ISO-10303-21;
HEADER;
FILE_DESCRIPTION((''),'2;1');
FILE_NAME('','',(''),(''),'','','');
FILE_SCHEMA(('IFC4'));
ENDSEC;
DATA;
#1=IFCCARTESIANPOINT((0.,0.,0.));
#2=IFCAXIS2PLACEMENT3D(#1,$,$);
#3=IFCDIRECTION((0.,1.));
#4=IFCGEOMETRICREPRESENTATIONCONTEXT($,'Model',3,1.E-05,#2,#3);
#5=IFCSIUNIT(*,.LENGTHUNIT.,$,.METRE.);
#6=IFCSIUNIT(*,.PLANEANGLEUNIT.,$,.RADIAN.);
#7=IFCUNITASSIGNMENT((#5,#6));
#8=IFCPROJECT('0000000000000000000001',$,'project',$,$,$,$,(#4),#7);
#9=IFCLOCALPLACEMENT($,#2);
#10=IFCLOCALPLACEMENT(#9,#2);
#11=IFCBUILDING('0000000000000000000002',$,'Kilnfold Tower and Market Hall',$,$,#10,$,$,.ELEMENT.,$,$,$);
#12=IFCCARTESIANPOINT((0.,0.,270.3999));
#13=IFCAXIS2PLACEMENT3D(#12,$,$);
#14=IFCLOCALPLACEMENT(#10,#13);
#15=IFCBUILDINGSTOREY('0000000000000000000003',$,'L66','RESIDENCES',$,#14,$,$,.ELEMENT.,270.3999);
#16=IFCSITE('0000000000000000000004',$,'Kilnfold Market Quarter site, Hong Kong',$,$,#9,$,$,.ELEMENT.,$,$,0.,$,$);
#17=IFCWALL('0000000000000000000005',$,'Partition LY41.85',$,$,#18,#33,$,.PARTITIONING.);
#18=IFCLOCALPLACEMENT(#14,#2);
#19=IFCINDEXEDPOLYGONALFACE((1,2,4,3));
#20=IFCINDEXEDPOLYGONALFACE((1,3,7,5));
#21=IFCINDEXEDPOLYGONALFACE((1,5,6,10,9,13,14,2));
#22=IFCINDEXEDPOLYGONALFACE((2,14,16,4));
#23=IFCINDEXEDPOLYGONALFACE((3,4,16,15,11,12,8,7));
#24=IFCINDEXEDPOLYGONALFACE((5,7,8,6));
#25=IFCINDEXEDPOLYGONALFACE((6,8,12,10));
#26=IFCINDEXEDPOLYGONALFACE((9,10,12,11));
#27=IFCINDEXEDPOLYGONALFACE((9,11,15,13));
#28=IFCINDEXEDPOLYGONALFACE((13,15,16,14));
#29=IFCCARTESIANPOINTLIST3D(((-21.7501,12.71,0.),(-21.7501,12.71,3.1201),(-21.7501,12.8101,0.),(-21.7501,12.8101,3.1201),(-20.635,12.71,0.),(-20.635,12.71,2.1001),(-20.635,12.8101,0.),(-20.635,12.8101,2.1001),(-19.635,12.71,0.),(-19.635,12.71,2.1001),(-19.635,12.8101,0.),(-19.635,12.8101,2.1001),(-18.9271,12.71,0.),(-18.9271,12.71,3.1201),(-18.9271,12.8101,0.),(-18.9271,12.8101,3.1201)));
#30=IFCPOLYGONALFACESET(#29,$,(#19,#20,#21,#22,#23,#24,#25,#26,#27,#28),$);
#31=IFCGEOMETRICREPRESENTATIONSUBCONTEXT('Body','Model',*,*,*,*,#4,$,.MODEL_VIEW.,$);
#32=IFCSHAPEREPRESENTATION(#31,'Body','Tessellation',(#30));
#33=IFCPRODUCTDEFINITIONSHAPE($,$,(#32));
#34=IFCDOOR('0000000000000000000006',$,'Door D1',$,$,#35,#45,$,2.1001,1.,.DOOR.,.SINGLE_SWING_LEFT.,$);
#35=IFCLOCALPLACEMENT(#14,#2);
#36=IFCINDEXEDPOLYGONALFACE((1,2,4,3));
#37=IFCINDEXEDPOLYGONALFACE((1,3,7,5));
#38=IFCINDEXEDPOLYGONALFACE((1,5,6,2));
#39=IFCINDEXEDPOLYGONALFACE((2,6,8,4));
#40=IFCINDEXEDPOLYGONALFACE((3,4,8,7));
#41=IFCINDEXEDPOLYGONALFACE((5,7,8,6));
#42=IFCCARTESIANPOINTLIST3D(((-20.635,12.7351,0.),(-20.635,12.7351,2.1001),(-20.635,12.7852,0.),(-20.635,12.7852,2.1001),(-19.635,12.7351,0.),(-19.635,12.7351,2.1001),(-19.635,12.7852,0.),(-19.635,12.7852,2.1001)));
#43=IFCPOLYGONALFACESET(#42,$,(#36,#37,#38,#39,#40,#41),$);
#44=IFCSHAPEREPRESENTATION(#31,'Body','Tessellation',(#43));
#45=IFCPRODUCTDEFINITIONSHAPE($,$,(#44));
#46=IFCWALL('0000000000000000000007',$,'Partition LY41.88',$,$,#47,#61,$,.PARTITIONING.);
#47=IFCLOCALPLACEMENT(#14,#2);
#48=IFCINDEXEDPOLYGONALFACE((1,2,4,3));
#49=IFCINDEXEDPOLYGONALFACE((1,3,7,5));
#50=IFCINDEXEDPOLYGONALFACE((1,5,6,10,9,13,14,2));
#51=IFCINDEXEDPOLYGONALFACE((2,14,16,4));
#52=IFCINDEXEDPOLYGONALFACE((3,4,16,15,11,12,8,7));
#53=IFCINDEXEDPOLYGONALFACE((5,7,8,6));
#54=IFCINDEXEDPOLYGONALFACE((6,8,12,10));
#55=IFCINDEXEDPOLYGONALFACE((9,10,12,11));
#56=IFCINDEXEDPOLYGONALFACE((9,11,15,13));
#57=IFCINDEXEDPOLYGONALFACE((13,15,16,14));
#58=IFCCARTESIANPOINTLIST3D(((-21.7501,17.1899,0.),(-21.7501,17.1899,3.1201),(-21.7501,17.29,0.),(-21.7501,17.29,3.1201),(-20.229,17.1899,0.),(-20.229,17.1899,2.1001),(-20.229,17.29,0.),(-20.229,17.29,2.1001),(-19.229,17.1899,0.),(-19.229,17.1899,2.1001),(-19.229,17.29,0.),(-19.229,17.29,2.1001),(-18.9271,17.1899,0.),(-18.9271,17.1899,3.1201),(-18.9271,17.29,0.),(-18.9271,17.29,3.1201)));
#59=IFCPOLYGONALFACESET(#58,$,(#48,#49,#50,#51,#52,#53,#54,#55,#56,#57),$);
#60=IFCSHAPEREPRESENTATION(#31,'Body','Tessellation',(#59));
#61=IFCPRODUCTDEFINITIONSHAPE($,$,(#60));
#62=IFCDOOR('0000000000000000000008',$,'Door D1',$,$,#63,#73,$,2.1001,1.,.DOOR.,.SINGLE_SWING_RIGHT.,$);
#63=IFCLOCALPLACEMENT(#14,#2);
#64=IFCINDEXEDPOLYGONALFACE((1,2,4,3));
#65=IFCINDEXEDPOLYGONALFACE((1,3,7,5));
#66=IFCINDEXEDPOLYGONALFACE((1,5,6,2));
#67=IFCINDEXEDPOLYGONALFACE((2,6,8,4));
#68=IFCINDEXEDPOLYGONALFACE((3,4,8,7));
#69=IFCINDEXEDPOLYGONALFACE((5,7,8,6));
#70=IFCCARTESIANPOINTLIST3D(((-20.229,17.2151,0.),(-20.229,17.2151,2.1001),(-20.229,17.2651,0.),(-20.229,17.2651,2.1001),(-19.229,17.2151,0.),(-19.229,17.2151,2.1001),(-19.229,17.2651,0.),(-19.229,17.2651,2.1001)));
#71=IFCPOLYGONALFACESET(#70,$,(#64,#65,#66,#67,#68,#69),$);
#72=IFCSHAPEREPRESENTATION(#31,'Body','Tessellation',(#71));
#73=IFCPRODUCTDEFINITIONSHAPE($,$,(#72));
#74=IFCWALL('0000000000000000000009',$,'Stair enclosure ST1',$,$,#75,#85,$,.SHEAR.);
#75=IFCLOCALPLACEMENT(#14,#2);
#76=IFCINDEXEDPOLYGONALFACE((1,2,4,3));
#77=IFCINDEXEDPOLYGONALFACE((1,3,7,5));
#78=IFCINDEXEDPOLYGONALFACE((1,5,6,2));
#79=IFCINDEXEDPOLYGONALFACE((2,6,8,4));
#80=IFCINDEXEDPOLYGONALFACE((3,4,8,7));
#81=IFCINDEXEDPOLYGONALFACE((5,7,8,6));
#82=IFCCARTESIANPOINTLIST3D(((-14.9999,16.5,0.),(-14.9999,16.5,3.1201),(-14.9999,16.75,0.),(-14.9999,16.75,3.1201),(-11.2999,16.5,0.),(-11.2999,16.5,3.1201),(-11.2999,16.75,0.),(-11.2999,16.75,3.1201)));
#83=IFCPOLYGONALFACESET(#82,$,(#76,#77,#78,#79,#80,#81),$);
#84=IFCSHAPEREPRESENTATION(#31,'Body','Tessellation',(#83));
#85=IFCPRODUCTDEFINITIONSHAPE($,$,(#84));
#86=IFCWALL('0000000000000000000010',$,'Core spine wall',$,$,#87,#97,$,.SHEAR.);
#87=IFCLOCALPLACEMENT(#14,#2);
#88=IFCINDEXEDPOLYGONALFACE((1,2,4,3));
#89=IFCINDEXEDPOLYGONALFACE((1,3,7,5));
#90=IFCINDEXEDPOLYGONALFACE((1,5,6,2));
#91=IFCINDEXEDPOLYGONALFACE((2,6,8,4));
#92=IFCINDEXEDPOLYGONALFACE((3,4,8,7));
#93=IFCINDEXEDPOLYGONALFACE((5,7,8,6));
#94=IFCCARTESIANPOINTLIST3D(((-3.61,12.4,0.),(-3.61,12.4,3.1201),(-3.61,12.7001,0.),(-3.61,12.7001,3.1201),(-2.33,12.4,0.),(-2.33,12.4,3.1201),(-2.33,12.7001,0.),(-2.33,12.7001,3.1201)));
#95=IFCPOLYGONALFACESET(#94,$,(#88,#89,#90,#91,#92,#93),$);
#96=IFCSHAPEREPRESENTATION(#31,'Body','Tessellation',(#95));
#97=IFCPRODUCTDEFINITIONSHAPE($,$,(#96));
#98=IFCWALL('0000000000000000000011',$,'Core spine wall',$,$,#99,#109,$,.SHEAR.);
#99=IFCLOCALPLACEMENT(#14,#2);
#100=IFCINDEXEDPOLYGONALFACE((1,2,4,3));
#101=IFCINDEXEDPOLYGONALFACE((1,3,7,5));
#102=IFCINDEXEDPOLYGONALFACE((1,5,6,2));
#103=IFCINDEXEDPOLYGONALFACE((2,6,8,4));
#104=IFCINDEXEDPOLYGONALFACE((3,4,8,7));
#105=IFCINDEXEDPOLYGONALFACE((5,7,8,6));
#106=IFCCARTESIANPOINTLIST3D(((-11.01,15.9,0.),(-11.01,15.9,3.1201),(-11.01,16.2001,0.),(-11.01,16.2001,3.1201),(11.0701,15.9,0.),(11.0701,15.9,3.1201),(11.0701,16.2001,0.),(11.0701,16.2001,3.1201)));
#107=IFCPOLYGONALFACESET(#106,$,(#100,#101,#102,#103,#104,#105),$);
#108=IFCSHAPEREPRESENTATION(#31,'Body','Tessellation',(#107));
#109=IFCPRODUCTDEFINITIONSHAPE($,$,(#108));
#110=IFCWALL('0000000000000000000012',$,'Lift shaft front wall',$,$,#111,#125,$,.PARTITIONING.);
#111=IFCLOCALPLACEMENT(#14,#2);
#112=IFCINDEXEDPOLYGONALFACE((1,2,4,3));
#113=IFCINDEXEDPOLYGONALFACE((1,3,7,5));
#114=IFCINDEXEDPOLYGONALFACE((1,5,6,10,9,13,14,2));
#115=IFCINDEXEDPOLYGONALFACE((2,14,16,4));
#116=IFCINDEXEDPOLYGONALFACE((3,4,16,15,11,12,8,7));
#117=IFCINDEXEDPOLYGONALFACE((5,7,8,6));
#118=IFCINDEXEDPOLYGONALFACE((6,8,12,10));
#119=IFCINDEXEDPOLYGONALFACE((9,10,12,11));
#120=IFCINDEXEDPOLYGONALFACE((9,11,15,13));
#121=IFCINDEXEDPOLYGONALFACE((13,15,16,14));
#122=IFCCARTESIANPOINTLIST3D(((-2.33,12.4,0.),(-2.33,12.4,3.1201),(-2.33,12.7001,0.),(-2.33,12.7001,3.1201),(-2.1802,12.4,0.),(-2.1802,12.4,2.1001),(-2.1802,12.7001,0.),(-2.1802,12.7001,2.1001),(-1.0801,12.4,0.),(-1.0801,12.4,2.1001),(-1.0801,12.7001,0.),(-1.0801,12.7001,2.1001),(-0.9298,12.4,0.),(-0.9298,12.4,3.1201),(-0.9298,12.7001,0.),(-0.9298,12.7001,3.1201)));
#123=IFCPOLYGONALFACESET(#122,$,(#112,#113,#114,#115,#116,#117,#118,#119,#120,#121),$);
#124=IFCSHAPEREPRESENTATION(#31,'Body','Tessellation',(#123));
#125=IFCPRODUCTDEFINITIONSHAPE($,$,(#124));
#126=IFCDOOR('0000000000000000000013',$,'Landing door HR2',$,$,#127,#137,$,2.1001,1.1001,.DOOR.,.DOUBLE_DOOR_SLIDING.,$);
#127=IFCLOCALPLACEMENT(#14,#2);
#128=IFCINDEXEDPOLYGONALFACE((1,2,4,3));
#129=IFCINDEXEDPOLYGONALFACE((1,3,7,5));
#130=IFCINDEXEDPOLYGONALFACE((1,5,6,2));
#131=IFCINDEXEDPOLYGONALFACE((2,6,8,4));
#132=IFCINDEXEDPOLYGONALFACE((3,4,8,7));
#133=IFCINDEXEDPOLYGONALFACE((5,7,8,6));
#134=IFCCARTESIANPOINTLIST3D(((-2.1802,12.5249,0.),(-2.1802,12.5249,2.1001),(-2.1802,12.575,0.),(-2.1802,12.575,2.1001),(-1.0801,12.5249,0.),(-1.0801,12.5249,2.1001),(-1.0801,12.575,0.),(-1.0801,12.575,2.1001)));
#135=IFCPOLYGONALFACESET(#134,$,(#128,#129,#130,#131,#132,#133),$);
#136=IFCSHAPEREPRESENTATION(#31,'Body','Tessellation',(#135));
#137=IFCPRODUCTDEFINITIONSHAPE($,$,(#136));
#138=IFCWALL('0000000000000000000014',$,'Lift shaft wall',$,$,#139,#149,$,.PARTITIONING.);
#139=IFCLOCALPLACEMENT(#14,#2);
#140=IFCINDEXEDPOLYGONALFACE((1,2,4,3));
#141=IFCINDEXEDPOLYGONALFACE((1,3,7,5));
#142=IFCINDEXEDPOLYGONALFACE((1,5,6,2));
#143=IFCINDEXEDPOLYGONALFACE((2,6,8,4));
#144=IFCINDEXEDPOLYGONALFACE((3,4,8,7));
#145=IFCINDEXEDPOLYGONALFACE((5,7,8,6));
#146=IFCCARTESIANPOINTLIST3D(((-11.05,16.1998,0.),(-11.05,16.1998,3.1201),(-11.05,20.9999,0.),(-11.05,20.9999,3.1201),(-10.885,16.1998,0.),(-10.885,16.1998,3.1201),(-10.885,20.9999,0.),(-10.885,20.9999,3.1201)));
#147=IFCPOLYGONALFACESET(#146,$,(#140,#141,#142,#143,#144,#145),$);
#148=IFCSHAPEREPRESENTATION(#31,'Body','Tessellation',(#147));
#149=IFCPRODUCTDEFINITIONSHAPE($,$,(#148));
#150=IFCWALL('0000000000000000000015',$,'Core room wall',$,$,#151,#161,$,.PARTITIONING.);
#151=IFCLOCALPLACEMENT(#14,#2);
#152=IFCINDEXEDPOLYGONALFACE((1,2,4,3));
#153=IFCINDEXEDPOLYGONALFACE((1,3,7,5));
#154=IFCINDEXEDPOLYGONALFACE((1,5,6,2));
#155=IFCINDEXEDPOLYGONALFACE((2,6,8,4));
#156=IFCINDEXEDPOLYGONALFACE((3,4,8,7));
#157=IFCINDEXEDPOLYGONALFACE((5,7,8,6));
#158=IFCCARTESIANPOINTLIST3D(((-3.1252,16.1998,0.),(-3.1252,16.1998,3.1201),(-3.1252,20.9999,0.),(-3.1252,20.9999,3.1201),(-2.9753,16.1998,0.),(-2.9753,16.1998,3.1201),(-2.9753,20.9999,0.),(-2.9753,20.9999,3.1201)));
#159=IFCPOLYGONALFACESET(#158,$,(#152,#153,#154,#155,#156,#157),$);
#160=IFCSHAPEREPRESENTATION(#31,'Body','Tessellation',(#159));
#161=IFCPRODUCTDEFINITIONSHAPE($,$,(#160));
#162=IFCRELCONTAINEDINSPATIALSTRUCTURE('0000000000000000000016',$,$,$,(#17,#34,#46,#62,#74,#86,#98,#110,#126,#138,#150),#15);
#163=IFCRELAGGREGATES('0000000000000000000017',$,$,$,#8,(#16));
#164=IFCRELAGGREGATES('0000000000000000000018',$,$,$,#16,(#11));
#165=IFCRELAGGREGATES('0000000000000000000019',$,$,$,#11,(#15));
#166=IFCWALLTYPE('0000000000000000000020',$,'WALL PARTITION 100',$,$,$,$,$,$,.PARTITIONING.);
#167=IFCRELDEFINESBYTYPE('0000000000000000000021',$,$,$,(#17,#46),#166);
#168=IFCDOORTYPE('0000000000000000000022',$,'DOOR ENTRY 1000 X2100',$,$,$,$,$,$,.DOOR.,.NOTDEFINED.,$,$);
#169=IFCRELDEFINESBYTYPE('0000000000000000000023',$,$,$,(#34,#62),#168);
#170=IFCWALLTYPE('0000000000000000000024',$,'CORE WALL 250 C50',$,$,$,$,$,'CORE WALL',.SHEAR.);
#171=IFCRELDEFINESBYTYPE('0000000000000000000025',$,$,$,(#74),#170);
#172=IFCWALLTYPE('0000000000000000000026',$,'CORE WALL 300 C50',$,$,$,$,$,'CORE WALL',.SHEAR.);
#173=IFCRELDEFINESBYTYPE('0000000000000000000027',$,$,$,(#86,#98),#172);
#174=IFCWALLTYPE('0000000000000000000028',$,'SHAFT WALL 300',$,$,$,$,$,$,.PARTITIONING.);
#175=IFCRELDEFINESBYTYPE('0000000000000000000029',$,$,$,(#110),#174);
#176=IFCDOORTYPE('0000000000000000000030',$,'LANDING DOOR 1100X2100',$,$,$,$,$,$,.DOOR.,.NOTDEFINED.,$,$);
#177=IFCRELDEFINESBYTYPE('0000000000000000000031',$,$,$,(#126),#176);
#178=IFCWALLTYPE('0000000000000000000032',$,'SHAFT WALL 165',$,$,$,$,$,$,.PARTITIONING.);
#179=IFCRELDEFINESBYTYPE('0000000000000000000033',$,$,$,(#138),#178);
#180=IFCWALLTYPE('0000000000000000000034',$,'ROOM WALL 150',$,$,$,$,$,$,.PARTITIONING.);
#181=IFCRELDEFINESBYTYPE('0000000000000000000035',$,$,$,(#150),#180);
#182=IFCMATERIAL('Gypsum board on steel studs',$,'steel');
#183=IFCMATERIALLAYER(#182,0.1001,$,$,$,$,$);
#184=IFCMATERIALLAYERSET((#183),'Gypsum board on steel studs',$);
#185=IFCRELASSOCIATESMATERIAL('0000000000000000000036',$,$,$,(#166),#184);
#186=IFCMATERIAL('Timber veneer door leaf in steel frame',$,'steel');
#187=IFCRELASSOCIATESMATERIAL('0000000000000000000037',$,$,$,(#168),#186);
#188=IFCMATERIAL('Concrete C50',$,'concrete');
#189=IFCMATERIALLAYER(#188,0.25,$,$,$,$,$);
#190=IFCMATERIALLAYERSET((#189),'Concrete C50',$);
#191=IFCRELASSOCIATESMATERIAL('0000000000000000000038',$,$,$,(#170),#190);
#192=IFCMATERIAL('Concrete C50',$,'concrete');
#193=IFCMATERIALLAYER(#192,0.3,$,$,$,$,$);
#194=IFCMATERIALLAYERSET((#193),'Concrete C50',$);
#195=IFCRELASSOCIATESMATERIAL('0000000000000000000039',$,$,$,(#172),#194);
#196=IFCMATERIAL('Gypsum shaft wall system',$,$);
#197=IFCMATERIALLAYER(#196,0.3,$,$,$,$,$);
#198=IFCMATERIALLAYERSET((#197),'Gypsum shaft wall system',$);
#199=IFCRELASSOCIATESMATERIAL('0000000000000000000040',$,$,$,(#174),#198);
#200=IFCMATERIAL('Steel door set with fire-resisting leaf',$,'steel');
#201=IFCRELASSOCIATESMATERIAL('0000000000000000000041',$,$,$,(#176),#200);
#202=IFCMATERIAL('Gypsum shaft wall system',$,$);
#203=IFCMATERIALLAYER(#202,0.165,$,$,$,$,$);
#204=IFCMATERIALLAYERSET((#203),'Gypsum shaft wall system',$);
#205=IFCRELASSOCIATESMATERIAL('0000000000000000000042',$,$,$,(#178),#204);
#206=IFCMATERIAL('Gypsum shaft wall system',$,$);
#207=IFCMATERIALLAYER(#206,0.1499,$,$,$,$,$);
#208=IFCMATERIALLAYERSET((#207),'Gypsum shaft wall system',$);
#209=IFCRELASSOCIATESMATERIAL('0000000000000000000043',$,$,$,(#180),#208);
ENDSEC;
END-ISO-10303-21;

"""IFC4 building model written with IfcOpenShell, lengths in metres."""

from ifc_helpers import new_model, si_unit, direction, frame, frame_2d, origin, place, context, subcontext, project, spatial, rectangle, extrude, source, transform, mapped, material, layer, layer_set, type_object, element, fill, save


model = new_model("IFC4")

# Units and contexts
model_context = context("Model", 3, precision=1e-05, world=origin(), true_north=direction((0.0, 1.0)))
body_context = subcontext(model_context, "Body", "Model", "MODEL_VIEW")
ifc_project = project(units=[si_unit("LENGTHUNIT", "METRE"), si_unit("PLANEANGLEUNIT", "RADIAN")], contexts=[model_context])

# Site, building, storey
site_placement = place(None, origin())
site = spatial("IfcSite", under=ifc_project, at=site_placement, Name="Kilnfold Market Quarter site, Hong Kong", CompositionType="ELEMENT", RefElevation=0.0)
building_placement = place(site_placement, origin())
building = spatial("IfcBuilding", under=site, at=building_placement, Name="Kilnfold Tower and Market Hall", CompositionType="ELEMENT")
storey_placement = place(building_placement, frame((0.0, 0.0, 270.3999)))
storey = spatial("IfcBuildingStorey", under=building, at=storey_placement, Name="L66", Description="RESIDENCES", CompositionType="ELEMENT", Elevation=270.3999)

# Walls, openings, doors
ifc_material_1 = material(Name="Gypsum board on steel studs", Category="steel")
ifc_layer_1 = layer(ifc_material_1, 0.1001)
ifc_layer_set_1 = layer_set([ifc_layer_1], Name="Gypsum board on steel studs")
wall_type_1 = type_object("IfcWallType", Name="WALL PARTITION 100", PredefinedType="PARTITIONING", material=ifc_layer_set_1)
wall_1_placement = place(storey_placement, frame((-18.927, 12.76, 0.0), z_axis=(0.0, 0.0, 1.0), x_axis=(-1.0, 0.0, 0.0)))
wall_1 = element("IfcWall", 1, at=wall_1_placement, inside=storey, type_object=wall_type_1, Name="Partition LY41.85", PredefinedType="PARTITIONING", context=body_context, shape_type="SweptSolid", body=[
    extrude(rectangle(XDim=2.823, YDim=0.1001, at=frame_2d((1.4116, 0.0))), origin(), (0.0, 0.0, 1.0), 3.1201),
])
opening_1_placement = place(wall_1_placement, frame((0.708, 0.0, 0.0)))
opening_1 = element("IfcOpeningElement", 2, at=opening_1_placement, cuts=wall_1, PredefinedType="OPENING", context=body_context, shape_type="SweptSolid", body=[
    extrude(rectangle(XDim=1.0, YDim=2.1001, at=frame_2d((0.5, 1.05))), frame((0.0, 0.0601, 0.0), z_axis=(0.0, -1.0, 0.0), x_axis=(1.0, 0.0, 0.0)), (0.0, 0.0, 1.0), 0.1201),
])
ifc_material_2 = material(Name="Timber veneer door leaf in steel frame", Category="steel")
door_type_1 = type_object("IfcDoorType", Name="DOOR ENTRY 1000 X2100", OperationType="NOTDEFINED", PredefinedType="DOOR", material=ifc_material_2)
door_1_placement = place(opening_1_placement, origin())
door_1 = element("IfcDoor", 3, at=door_1_placement, inside=storey, type_object=door_type_1, Name="Door D1", OperationType="SINGLE_SWING_LEFT", OverallHeight=2.1001, OverallWidth=1.0, PredefinedType="DOOR", context=body_context, shape_type="SweptSolid", body=[
    extrude(rectangle(XDim=1.0, YDim=2.1001, at=frame_2d((0.5, 1.05))), frame((0.0, 0.0249, 0.0), z_axis=(0.0, -1.0, 0.0), x_axis=(1.0, 0.0, 0.0)), (0.0, 0.0, 1.0), 0.05),
])
fill(opening_1, door_1)
wall_2_placement = place(storey_placement, frame((-18.927, 17.24, 0.0), z_axis=(0.0, 0.0, 1.0), x_axis=(-1.0, 0.0, 0.0)))
wall_2 = element("IfcWall", 4, at=wall_2_placement, inside=storey, type_object=wall_type_1, Name="Partition LY41.88", PredefinedType="PARTITIONING", context=body_context, shape_type="SweptSolid", body=[
    extrude(rectangle(XDim=2.823, YDim=0.1001, at=frame_2d((1.4116, 0.0))), origin(), (0.0, 0.0, 1.0), 3.1201),
])
opening_2_placement = place(wall_2_placement, frame((0.302, 0.0, 0.0)))
opening_2 = element("IfcOpeningElement", 5, at=opening_2_placement, cuts=wall_2, PredefinedType="OPENING", context=body_context, shape_type="SweptSolid", body=[
    extrude(rectangle(XDim=1.0, YDim=2.1001, at=frame_2d((0.5, 1.05))), frame((0.0, 0.0601, 0.0), z_axis=(0.0, -1.0, 0.0), x_axis=(1.0, 0.0, 0.0)), (0.0, 0.0, 1.0), 0.1201),
])
door_2_placement = place(opening_2_placement, origin())
door_2 = element("IfcDoor", 6, at=door_2_placement, inside=storey, type_object=door_type_1, Name="Door D1", OperationType="SINGLE_SWING_RIGHT", OverallHeight=2.1001, OverallWidth=1.0, PredefinedType="DOOR", context=body_context, shape_type="SweptSolid", body=[
    extrude(rectangle(XDim=1.0, YDim=2.1001, at=frame_2d((0.5, 1.05))), frame((0.0, 0.0249, 0.0), z_axis=(0.0, -1.0, 0.0), x_axis=(1.0, 0.0, 0.0)), (0.0, 0.0, 1.0), 0.05),
])
fill(opening_2, door_2)

# Walls
ifc_material_3 = material(Name="Concrete C50", Category="concrete")
ifc_layer_2 = layer(ifc_material_3, 0.25)
ifc_layer_set_2 = layer_set([ifc_layer_2], Name="Concrete C50")
wall_type_2 = type_object("IfcWallType", Name="CORE WALL 250 C50", ElementType="CORE WALL", PredefinedType="SHEAR", material=ifc_layer_set_2)
shared_shape_1 = source(origin(), body_context, "Body", "SweptSolid", [
    extrude(rectangle(XDim=3.7, YDim=0.25, at=frame_2d((1.8501, 0.0))), origin(), (0.0, 0.0, 1.0), 3.1201),
])
wall_3_placement = place(storey_placement, frame((-15.0, 16.625, 0.0), z_axis=(0.0, 0.0, 1.0), x_axis=(1.0, 0.0, 0.0)))
element("IfcWall", 7, at=wall_3_placement, inside=storey, type_object=wall_type_2, Name="Stair enclosure ST1", PredefinedType="SHEAR", context=body_context, shape_type="MappedRepresentation", body=[
    mapped(shared_shape_1, transform((0.0, 0.0, 0.0))),
])
ifc_material_4 = material(Name="Concrete C50", Category="concrete")
ifc_layer_3 = layer(ifc_material_4, 0.3)
ifc_layer_set_3 = layer_set([ifc_layer_3], Name="Concrete C50")
wall_type_3 = type_object("IfcWallType", Name="CORE WALL 300 C50", ElementType="CORE WALL", PredefinedType="SHEAR", material=ifc_layer_set_3)
shared_shape_2 = source(origin(), body_context, "Body", "SweptSolid", [
    extrude(rectangle(XDim=1.28, YDim=0.3, at=frame_2d((0.6401, 0.0))), origin(), (0.0, 0.0, 1.0), 3.1201),
])
wall_4_placement = place(storey_placement, frame((-3.6101, 12.55, 0.0), z_axis=(0.0, 0.0, 1.0), x_axis=(1.0, 0.0, 0.0)))
element("IfcWall", 8, at=wall_4_placement, inside=storey, type_object=wall_type_3, Name="Core spine wall", PredefinedType="SHEAR", context=body_context, shape_type="MappedRepresentation", body=[
    mapped(shared_shape_2, transform((0.0, 0.0, 0.0))),
])
shared_shape_3 = source(origin(), body_context, "Body", "SweptSolid", [
    extrude(rectangle(XDim=22.0801, YDim=0.3, at=frame_2d((11.04, 0.0))), origin(), (0.0, 0.0, 1.0), 3.1201),
])
wall_5_placement = place(storey_placement, frame((-11.01, 16.05, 0.0), z_axis=(0.0, 0.0, 1.0), x_axis=(1.0, 0.0, 0.0)))
element("IfcWall", 9, at=wall_5_placement, inside=storey, type_object=wall_type_3, Name="Core spine wall", PredefinedType="SHEAR", context=body_context, shape_type="MappedRepresentation", body=[
    mapped(shared_shape_3, transform((0.0, 0.0, 0.0))),
])

# Wall, opening, door
ifc_material_5 = material(Name="Gypsum shaft wall system")
ifc_layer_4 = layer(ifc_material_5, 0.3)
ifc_layer_set_4 = layer_set([ifc_layer_4], Name="Gypsum shaft wall system")
wall_type_4 = type_object("IfcWallType", Name="SHAFT WALL 300", PredefinedType="PARTITIONING", material=ifc_layer_set_4)
shared_shape_4 = source(origin(), body_context, "Body", "SweptSolid", [
    extrude(rectangle(XDim=1.4001, YDim=0.3, at=frame_2d((0.7002, 0.0))), origin(), (0.0, 0.0, 1.0), 3.1201),
])
wall_6_placement = place(storey_placement, frame((-2.3301, 12.55, 0.0), z_axis=(0.0, 0.0, 1.0), x_axis=(1.0, 0.0, 0.0)))
wall_6 = element("IfcWall", 10, at=wall_6_placement, inside=storey, type_object=wall_type_4, Name="Lift shaft front wall", PredefinedType="PARTITIONING", context=body_context, shape_type="MappedRepresentation", body=[
    mapped(shared_shape_4, transform((0.0, 0.0, 0.0))),
])
opening_3_placement = place(wall_6_placement, frame((0.1499, 0.0, 0.0)))
opening_3 = element("IfcOpeningElement", 11, at=opening_3_placement, cuts=wall_6, PredefinedType="OPENING", context=body_context, shape_type="SweptSolid", body=[
    extrude(rectangle(XDim=1.1001, YDim=2.1001, at=frame_2d((0.55, 1.05))), frame((0.0, 0.1602, 0.0), z_axis=(0.0, -1.0, 0.0), x_axis=(1.0, 0.0, 0.0)), (0.0, 0.0, 1.0), 0.3201),
])
ifc_material_6 = material(Name="Steel door set with fire-resisting leaf", Category="steel")
door_type_2 = type_object("IfcDoorType", Name="LANDING DOOR 1100X2100", OperationType="NOTDEFINED", PredefinedType="DOOR", material=ifc_material_6)
door_3_placement = place(opening_3_placement, origin())
door_3 = element("IfcDoor", 12, at=door_3_placement, inside=storey, type_object=door_type_2, Name="Landing door HR2", OperationType="DOUBLE_DOOR_SLIDING", OverallHeight=2.1001, OverallWidth=1.1001, PredefinedType="DOOR", context=body_context, shape_type="SweptSolid", body=[
    extrude(rectangle(XDim=1.1001, YDim=2.1001, at=frame_2d((0.55, 1.05))), frame((0.0, 0.0249, 0.0), z_axis=(0.0, -1.0, 0.0), x_axis=(1.0, 0.0, 0.0)), (0.0, 0.0, 1.0), 0.05),
])
fill(opening_3, door_3)

# Walls
ifc_material_7 = material(Name="Gypsum shaft wall system")
ifc_layer_5 = layer(ifc_material_7, 0.165)
ifc_layer_set_5 = layer_set([ifc_layer_5], Name="Gypsum shaft wall system")
wall_type_5 = type_object("IfcWallType", Name="SHAFT WALL 165", PredefinedType="PARTITIONING", material=ifc_layer_set_5)
shared_shape_5 = source(origin(), body_context, "Body", "SweptSolid", [
    extrude(rectangle(XDim=4.8, YDim=0.165, at=frame_2d((2.3999, 0.0))), origin(), (0.0, 0.0, 1.0), 3.1201),
])
wall_7_placement = place(storey_placement, frame((-10.9675, 16.2, 0.0), z_axis=(0.0, 0.0, 1.0), x_axis=(0.0, 1.0, 0.0)))
element("IfcWall", 13, at=wall_7_placement, inside=storey, type_object=wall_type_5, Name="Lift shaft wall", PredefinedType="PARTITIONING", context=body_context, shape_type="MappedRepresentation", body=[
    mapped(shared_shape_5, transform((0.0, 0.0, 0.0))),
])
ifc_material_8 = material(Name="Gypsum shaft wall system")
ifc_layer_6 = layer(ifc_material_8, 0.1499)
ifc_layer_set_6 = layer_set([ifc_layer_6], Name="Gypsum shaft wall system")
wall_type_6 = type_object("IfcWallType", Name="ROOM WALL 150", PredefinedType="PARTITIONING", material=ifc_layer_set_6)
shared_shape_6 = source(origin(), body_context, "Body", "SweptSolid", [
    extrude(rectangle(XDim=4.8, YDim=0.1499, at=frame_2d((2.3999, 0.0))), origin(), (0.0, 0.0, 1.0), 3.1201),
])
wall_8_placement = place(storey_placement, frame((-3.0503, 16.2, 0.0), z_axis=(0.0, 0.0, 1.0), x_axis=(0.0, 1.0, 0.0)))
element("IfcWall", 14, at=wall_8_placement, inside=storey, type_object=wall_type_6, Name="Core room wall", PredefinedType="PARTITIONING", context=body_context, shape_type="MappedRepresentation", body=[
    mapped(shared_shape_6, transform((0.0, 0.0, 0.0))),
])

save(model, "model.ifc")
